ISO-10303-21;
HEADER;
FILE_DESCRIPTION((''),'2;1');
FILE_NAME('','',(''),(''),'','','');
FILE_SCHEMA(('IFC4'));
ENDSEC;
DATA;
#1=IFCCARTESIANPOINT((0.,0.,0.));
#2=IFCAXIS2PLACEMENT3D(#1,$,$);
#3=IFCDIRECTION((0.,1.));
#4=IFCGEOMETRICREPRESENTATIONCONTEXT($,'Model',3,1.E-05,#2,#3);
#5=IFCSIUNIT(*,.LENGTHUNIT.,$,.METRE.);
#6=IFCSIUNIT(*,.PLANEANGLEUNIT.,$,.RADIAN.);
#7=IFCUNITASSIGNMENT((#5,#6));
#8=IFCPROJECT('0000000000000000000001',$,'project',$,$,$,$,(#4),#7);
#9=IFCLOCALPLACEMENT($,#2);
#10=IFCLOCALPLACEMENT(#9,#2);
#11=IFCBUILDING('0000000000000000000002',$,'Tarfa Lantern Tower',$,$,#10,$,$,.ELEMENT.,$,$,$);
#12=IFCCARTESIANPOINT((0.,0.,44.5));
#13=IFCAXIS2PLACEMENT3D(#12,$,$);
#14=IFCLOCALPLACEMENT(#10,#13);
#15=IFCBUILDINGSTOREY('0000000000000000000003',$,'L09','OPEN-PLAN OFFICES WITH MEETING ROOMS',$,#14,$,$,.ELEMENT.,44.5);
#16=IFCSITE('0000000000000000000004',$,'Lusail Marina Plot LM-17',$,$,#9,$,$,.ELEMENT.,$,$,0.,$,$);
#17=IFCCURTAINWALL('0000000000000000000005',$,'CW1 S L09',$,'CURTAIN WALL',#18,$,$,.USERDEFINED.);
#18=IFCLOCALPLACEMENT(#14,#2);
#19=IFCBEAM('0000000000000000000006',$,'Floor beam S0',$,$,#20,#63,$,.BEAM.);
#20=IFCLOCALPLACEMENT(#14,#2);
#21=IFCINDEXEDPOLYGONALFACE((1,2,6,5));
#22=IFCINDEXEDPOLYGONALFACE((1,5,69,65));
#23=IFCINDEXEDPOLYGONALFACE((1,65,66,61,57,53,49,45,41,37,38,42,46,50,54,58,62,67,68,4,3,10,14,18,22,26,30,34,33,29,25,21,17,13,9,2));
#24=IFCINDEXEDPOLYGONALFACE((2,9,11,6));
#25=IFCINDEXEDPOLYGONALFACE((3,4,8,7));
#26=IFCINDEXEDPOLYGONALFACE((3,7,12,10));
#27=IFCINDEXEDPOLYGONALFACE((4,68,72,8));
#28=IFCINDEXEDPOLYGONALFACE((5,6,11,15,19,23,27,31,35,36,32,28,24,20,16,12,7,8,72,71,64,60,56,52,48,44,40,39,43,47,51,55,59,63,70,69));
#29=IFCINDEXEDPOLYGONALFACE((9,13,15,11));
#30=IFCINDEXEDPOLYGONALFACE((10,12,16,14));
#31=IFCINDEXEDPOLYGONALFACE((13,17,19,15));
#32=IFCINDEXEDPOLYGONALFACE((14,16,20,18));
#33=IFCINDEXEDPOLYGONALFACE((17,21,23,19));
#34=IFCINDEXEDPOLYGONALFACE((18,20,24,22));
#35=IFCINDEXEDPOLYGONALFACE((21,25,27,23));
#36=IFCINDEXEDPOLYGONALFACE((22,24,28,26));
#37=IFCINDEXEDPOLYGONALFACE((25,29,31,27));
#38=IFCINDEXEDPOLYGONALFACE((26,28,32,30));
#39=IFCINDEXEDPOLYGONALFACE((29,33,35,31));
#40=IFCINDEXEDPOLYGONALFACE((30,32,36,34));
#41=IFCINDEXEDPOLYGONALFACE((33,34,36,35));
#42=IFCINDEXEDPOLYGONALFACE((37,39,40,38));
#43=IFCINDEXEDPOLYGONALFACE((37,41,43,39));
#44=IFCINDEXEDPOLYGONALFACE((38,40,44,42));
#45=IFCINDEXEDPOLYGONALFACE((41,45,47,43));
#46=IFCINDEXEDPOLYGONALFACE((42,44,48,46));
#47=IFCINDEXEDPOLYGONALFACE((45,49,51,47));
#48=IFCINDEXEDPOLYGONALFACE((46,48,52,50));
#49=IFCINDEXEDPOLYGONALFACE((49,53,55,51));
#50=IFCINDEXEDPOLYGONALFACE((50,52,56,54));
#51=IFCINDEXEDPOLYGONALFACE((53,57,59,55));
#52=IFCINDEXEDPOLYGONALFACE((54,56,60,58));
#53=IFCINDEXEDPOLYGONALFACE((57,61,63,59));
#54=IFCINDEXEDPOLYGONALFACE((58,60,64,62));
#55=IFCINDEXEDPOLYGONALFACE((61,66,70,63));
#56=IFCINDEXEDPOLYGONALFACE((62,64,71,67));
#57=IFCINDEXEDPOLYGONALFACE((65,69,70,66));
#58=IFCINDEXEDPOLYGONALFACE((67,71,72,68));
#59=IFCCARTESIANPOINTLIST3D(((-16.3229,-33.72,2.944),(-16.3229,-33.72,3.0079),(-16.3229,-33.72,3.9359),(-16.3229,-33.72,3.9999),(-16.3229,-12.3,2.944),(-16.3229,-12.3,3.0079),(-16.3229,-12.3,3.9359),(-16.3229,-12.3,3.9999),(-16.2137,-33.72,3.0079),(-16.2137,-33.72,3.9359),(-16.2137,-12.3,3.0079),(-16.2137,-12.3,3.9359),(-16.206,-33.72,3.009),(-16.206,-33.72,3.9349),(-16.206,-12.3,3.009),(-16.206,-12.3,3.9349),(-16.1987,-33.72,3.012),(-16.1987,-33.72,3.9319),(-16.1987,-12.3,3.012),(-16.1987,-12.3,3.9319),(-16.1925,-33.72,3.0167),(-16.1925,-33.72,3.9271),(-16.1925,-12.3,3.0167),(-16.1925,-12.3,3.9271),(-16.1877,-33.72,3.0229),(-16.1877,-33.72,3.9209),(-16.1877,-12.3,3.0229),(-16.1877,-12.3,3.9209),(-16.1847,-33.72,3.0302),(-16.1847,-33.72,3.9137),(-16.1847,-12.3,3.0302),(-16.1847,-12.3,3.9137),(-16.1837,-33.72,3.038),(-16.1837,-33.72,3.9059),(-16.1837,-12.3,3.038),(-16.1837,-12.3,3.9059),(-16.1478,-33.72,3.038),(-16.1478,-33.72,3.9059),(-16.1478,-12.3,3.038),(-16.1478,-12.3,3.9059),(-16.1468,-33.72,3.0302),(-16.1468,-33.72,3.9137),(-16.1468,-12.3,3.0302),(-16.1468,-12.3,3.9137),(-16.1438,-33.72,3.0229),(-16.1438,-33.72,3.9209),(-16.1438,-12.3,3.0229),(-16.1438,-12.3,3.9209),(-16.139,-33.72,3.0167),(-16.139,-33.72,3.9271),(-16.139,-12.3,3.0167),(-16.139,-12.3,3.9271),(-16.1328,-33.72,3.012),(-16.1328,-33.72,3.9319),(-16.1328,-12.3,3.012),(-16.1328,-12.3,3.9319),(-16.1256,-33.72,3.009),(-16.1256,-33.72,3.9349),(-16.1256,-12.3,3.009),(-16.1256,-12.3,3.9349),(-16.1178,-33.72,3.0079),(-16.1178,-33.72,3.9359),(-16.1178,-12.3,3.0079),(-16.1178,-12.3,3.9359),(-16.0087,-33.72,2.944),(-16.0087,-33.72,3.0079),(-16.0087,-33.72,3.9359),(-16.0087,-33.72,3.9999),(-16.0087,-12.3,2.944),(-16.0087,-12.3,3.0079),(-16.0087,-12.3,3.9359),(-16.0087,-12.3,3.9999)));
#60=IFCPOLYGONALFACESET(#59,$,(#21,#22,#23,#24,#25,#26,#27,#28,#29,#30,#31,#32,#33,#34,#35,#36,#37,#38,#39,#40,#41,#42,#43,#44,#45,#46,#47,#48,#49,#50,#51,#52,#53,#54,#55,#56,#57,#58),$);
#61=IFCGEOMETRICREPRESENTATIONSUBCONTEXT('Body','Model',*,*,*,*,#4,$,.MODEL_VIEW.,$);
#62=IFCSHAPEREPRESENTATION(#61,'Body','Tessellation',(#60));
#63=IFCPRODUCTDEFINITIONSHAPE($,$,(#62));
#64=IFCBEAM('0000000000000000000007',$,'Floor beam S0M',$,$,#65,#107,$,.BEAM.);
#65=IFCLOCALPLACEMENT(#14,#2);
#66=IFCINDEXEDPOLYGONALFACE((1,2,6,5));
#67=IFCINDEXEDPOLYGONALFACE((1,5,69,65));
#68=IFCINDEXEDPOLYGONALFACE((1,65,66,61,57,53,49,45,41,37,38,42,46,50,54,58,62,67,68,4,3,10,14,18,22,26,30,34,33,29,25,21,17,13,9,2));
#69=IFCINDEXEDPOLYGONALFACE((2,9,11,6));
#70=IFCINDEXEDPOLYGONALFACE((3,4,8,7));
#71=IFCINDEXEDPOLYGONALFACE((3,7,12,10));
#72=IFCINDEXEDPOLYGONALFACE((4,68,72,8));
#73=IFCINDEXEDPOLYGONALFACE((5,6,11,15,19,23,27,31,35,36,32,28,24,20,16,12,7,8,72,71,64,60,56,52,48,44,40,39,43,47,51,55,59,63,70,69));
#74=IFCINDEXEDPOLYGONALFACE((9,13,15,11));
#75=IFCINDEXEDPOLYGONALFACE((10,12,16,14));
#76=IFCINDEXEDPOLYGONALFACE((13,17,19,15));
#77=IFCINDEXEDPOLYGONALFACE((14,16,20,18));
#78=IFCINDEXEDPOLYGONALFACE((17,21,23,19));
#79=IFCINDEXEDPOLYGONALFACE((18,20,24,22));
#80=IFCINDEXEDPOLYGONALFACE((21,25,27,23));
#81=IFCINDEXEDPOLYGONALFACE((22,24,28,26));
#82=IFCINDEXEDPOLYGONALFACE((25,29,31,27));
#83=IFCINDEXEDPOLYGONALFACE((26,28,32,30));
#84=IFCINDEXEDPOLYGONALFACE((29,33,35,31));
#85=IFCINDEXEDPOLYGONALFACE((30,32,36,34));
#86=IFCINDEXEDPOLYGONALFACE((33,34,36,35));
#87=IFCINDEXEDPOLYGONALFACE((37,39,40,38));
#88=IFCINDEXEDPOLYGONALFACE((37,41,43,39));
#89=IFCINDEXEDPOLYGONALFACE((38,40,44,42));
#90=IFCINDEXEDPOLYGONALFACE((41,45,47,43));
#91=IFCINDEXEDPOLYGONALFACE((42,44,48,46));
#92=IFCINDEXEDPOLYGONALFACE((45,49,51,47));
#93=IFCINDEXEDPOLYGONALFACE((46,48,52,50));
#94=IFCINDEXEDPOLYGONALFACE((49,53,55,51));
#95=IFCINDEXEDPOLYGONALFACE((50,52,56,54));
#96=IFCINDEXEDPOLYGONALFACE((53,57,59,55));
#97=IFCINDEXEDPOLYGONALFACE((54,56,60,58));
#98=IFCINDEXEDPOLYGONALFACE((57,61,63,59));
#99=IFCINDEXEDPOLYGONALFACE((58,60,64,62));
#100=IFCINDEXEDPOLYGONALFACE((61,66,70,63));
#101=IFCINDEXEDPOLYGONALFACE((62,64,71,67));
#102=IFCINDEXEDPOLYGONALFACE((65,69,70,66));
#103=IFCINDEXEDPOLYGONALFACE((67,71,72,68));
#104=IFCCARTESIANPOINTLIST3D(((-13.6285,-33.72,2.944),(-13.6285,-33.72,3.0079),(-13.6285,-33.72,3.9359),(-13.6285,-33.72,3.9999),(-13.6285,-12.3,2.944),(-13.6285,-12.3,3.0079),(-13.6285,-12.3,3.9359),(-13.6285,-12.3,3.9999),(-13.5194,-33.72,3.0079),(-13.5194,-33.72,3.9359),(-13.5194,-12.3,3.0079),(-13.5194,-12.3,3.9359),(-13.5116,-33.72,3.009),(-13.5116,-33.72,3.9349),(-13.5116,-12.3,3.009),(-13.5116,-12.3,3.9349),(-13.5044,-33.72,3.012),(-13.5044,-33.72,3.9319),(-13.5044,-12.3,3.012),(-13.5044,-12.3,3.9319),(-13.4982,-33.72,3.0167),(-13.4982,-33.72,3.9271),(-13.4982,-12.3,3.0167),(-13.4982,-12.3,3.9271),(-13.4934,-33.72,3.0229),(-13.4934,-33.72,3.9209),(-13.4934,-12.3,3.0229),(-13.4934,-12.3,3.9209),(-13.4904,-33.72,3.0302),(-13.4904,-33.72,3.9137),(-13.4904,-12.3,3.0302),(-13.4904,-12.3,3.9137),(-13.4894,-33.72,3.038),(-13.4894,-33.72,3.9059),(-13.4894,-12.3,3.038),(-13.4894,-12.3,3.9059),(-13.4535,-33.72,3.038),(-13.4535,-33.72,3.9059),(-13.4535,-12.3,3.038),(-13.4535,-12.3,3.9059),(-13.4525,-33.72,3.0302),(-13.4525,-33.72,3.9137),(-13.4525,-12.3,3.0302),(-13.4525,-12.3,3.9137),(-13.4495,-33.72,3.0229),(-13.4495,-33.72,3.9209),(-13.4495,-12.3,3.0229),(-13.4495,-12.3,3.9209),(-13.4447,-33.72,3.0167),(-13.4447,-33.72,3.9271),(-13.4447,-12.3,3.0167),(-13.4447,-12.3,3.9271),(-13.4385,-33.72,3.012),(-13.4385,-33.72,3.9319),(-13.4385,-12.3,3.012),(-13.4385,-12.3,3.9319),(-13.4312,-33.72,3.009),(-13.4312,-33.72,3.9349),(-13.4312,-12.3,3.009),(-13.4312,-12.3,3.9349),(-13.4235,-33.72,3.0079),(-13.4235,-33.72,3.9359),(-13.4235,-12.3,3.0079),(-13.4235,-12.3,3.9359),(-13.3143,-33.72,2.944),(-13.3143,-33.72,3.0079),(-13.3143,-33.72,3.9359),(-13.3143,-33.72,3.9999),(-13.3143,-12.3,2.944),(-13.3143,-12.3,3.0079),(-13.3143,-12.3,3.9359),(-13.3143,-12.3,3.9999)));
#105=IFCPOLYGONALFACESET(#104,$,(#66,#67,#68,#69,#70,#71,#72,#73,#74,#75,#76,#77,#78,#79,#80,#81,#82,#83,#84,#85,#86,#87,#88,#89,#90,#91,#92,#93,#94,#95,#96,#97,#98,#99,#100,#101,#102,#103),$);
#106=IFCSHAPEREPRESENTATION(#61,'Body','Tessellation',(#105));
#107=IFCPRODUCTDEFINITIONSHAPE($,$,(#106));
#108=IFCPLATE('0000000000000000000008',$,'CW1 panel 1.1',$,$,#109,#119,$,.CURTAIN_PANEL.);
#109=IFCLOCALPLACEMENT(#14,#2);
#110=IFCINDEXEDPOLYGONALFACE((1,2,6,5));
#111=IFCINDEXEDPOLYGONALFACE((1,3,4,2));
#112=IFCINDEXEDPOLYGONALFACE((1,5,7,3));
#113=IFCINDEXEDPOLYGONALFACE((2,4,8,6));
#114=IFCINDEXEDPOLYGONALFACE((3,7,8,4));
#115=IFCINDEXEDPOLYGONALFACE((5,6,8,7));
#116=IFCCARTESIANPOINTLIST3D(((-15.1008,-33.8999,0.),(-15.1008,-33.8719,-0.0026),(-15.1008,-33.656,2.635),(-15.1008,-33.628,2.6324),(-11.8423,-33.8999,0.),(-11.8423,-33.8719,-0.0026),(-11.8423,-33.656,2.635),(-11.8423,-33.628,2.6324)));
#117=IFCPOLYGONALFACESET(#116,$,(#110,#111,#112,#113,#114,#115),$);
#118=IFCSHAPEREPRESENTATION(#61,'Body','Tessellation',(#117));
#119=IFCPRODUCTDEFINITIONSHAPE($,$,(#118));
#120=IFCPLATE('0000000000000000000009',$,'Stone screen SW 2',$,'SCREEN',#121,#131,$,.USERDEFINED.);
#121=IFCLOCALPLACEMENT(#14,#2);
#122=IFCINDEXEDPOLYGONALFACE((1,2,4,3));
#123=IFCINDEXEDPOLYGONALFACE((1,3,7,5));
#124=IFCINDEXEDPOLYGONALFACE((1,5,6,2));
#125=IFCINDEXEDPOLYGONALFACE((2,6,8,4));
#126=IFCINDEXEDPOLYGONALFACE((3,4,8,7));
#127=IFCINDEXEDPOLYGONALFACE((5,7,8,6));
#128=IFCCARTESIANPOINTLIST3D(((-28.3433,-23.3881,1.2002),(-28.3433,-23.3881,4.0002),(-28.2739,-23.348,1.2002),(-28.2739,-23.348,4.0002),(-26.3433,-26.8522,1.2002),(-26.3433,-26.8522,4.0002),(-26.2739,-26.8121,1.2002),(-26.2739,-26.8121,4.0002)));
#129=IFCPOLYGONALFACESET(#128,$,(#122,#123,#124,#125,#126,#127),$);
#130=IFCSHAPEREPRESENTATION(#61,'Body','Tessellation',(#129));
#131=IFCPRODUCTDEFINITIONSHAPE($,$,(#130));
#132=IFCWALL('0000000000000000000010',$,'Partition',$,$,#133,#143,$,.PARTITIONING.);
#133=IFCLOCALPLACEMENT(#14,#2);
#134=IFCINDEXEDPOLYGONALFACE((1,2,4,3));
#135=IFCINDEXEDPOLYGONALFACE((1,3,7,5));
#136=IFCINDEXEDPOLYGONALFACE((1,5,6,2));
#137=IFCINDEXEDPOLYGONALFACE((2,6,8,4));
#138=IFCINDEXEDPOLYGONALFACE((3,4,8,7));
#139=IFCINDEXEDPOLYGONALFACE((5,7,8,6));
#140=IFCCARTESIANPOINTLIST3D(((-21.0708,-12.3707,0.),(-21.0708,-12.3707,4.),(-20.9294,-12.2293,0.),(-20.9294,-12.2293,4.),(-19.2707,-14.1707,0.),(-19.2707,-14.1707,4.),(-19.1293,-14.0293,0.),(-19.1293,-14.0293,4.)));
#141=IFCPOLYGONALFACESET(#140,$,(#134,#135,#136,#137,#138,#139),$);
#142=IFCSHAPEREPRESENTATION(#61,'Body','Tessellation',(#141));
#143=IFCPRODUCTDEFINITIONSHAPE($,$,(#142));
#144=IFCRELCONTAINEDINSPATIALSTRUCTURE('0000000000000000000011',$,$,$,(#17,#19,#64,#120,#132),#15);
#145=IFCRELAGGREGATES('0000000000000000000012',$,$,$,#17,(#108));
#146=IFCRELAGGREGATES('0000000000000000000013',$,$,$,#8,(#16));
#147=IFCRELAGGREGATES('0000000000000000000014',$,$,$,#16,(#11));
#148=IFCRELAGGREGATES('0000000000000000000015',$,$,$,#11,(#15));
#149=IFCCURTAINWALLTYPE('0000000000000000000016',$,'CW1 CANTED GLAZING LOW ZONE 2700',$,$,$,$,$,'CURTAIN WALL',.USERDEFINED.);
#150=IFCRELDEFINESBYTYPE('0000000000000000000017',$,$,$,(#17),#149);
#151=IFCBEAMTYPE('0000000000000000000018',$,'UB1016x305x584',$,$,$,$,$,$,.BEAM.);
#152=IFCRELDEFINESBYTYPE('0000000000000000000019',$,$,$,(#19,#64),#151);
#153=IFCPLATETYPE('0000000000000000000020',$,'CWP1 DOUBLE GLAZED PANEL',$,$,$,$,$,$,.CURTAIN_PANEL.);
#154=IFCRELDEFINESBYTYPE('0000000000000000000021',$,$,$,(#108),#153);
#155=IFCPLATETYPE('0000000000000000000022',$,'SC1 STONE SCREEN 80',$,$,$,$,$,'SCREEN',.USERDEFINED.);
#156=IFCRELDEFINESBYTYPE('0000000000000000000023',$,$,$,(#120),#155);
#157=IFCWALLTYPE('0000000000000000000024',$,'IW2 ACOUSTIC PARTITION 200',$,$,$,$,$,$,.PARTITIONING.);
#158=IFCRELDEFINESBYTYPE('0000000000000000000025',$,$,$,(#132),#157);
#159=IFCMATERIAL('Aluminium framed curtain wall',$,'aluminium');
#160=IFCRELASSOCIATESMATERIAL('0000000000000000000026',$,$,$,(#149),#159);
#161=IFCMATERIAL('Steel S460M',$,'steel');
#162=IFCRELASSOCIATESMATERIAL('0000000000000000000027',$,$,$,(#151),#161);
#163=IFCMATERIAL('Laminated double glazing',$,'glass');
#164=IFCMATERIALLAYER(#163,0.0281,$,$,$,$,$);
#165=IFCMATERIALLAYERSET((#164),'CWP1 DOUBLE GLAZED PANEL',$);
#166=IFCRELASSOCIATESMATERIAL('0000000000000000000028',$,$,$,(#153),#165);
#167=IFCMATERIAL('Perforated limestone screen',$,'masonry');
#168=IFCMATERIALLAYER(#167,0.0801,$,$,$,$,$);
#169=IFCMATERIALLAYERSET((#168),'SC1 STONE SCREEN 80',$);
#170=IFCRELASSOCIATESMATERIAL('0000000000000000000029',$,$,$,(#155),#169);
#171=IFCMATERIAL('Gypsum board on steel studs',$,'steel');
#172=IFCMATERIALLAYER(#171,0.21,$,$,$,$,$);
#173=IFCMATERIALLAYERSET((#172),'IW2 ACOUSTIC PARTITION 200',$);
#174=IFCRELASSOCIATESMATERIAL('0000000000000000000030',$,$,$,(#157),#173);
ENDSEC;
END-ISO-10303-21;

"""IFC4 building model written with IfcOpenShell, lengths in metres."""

from ifc_helpers import new_model, si_unit, direction, frame, frame_2d, origin, origin_2d, place, context, subcontext, project, spatial, polyline, rectangle, i_section, outline, extrude, material, layer, layer_set, material_profile, profile_set, type_object, element, aggregate, save


model = new_model("IFC4")

# Units and contexts
model_context = context("Model", 3, precision=1e-05, world=origin(), true_north=direction((0.0, 1.0)))
body_context = subcontext(model_context, "Body", "Model", "MODEL_VIEW")
ifc_project = project(units=[si_unit("LENGTHUNIT", "METRE"), si_unit("PLANEANGLEUNIT", "RADIAN")], contexts=[model_context])

# Site, building, storey
site_placement = place(None, origin())
site = spatial("IfcSite", under=ifc_project, at=site_placement, Name="Lusail Marina Plot LM-17", CompositionType="ELEMENT", RefElevation=0.0)
building_placement = place(site_placement, origin())
building = spatial("IfcBuilding", under=site, at=building_placement, Name="Tarfa Lantern Tower", CompositionType="ELEMENT")
storey_placement = place(building_placement, frame((0.0, 0.0, 44.5)))
storey = spatial("IfcBuildingStorey", under=building, at=storey_placement, Name="L09", Description="OPEN-PLAN OFFICES WITH MEETING ROOMS", CompositionType="ELEMENT", Elevation=44.5)

# Curtain wall
ifc_material_1 = material(Name="Aluminium framed curtain wall", Category="aluminium")
curtain_wall_type = type_object("IfcCurtainWallType", Name="CW1 CANTED GLAZING LOW ZONE 2700", ElementType="CURTAIN WALL", PredefinedType="USERDEFINED", material=ifc_material_1)
curtain_wall_placement = place(storey_placement, origin())
curtain_wall = element("IfcCurtainWall", 1, at=curtain_wall_placement, inside=storey, type_object=curtain_wall_type, Name="CW1 S L09", ObjectType="CURTAIN WALL", PredefinedType="USERDEFINED")

# Beams
ifc_material_2 = material(Name="Steel S460M", Category="steel")
ifc_material_profile_1 = material_profile(ifc_material_2, i_section(OverallWidth=0.3142, OverallDepth=1.0559, WebThickness=0.0359, FlangeThickness=0.064, FilletRadius=0.03, at=origin_2d()), Name="UB1016x305x584")
ifc_profile_set_1 = profile_set([ifc_material_profile_1], Name="Steel S460M")
beam_type_1 = type_object("IfcBeamType", Name="UB1016x305x584", PredefinedType="BEAM", material=ifc_profile_set_1)
for number, where, z_axis, x_axis, name in (
    (2, (-16.1658, -33.72, 3.4719), (0.0, 1.0, 0.0), (-1.0, 0.0, 0.0), "Floor beam S0"),
    (3, (-13.4714, -33.72, 3.4719), (0.0, 1.0, 0.0), (-1.0, 0.0, 0.0), "Floor beam S0M"),
):
    element("IfcBeam", number, at=place(storey_placement, frame(where, z_axis=z_axis, x_axis=x_axis)), inside=storey, type_object=beam_type_1, Name=name, PredefinedType="BEAM", context=body_context, shape_type="SweptSolid", body=[
        extrude(i_section(OverallWidth=0.3142, OverallDepth=1.0559, WebThickness=0.0359, FlangeThickness=0.064, FilletRadius=0.03, at=origin_2d()), origin(), (0.0, 0.0, 1.0), 21.4199),
    ])

# Plates
ifc_material_3 = material(Name="Laminated double glazing", Category="glass")
ifc_layer_1 = layer(ifc_material_3, 0.0281)
ifc_layer_set_1 = layer_set([ifc_layer_1], Name="CWP1 DOUBLE GLAZED PANEL")
plate_type_1 = type_object("IfcPlateType", Name="CWP1 DOUBLE GLAZED PANEL", PredefinedType="CURTAIN_PANEL", material=ifc_layer_set_1)
plate_1_placement = place(storey_placement, frame((-15.1008, -33.8999, 0.0), z_axis=(0.0, -0.995744, 0.092166), x_axis=(1.0, 0.0, 0.0)))
plate_1 = element("IfcPlate", 4, at=plate_1_placement, type_object=plate_type_1, Name="CW1 panel 1.1", PredefinedType="CURTAIN_PANEL", context=body_context, shape_type="SweptSolid", body=[
    extrude(outline(polyline([(0.0, 0.0), (3.2585, 0.0), (3.2585, 2.6463), (0.0, 2.6463), (0.0, 0.0)])), origin(), (0.0, 0.0, -1.0), 0.0281),
])
aggregate(curtain_wall, [plate_1])
ifc_material_4 = material(Name="Perforated limestone screen", Category="masonry")
ifc_layer_2 = layer(ifc_material_4, 0.0801)
ifc_layer_set_2 = layer_set([ifc_layer_2], Name="SC1 STONE SCREEN 80")
plate_type_2 = type_object("IfcPlateType", Name="SC1 STONE SCREEN 80", ElementType="SCREEN", PredefinedType="USERDEFINED", material=ifc_layer_set_2)
plate_2_placement = place(storey_placement, frame((-27.3086, -25.1001, 1.2002), z_axis=(0.0, 0.0, 1.0), x_axis=(0.5, -0.866025, 0.0)))
element("IfcPlate", 5, at=plate_2_placement, inside=storey, type_object=plate_type_2, Name="Stone screen SW 2", ObjectType="SCREEN", PredefinedType="USERDEFINED", context=body_context, shape_type="SweptSolid", body=[
    extrude(rectangle(XDim=4.0, YDim=0.0801, at=origin_2d()), origin(), (0.0, 0.0, 1.0), 2.8),
])

# Wall
ifc_material_5 = material(Name="Gypsum board on steel studs", Category="steel")
ifc_layer_3 = layer(ifc_material_5, 0.21)
ifc_layer_set_3 = layer_set([ifc_layer_3], Name="IW2 ACOUSTIC PARTITION 200")
wall_type = type_object("IfcWallType", Name="IW2 ACOUSTIC PARTITION 200", PredefinedType="PARTITIONING", material=ifc_layer_set_3)
wall_placement = place(storey_placement, frame((-19.2, -14.1001, 0.0), z_axis=(0.0, 0.0, 1.0), x_axis=(-0.707107, 0.707107, 0.0)))
element("IfcWall", 6, at=wall_placement, inside=storey, type_object=wall_type, Name="Partition", PredefinedType="PARTITIONING", context=body_context, shape_type="SweptSolid", body=[
    extrude(rectangle(XDim=2.5457, YDim=0.2, at=frame_2d((1.2729, 0.0))), origin(), (0.0, 0.0, 1.0), 4.0),
])

save(model, "model.ifc")
